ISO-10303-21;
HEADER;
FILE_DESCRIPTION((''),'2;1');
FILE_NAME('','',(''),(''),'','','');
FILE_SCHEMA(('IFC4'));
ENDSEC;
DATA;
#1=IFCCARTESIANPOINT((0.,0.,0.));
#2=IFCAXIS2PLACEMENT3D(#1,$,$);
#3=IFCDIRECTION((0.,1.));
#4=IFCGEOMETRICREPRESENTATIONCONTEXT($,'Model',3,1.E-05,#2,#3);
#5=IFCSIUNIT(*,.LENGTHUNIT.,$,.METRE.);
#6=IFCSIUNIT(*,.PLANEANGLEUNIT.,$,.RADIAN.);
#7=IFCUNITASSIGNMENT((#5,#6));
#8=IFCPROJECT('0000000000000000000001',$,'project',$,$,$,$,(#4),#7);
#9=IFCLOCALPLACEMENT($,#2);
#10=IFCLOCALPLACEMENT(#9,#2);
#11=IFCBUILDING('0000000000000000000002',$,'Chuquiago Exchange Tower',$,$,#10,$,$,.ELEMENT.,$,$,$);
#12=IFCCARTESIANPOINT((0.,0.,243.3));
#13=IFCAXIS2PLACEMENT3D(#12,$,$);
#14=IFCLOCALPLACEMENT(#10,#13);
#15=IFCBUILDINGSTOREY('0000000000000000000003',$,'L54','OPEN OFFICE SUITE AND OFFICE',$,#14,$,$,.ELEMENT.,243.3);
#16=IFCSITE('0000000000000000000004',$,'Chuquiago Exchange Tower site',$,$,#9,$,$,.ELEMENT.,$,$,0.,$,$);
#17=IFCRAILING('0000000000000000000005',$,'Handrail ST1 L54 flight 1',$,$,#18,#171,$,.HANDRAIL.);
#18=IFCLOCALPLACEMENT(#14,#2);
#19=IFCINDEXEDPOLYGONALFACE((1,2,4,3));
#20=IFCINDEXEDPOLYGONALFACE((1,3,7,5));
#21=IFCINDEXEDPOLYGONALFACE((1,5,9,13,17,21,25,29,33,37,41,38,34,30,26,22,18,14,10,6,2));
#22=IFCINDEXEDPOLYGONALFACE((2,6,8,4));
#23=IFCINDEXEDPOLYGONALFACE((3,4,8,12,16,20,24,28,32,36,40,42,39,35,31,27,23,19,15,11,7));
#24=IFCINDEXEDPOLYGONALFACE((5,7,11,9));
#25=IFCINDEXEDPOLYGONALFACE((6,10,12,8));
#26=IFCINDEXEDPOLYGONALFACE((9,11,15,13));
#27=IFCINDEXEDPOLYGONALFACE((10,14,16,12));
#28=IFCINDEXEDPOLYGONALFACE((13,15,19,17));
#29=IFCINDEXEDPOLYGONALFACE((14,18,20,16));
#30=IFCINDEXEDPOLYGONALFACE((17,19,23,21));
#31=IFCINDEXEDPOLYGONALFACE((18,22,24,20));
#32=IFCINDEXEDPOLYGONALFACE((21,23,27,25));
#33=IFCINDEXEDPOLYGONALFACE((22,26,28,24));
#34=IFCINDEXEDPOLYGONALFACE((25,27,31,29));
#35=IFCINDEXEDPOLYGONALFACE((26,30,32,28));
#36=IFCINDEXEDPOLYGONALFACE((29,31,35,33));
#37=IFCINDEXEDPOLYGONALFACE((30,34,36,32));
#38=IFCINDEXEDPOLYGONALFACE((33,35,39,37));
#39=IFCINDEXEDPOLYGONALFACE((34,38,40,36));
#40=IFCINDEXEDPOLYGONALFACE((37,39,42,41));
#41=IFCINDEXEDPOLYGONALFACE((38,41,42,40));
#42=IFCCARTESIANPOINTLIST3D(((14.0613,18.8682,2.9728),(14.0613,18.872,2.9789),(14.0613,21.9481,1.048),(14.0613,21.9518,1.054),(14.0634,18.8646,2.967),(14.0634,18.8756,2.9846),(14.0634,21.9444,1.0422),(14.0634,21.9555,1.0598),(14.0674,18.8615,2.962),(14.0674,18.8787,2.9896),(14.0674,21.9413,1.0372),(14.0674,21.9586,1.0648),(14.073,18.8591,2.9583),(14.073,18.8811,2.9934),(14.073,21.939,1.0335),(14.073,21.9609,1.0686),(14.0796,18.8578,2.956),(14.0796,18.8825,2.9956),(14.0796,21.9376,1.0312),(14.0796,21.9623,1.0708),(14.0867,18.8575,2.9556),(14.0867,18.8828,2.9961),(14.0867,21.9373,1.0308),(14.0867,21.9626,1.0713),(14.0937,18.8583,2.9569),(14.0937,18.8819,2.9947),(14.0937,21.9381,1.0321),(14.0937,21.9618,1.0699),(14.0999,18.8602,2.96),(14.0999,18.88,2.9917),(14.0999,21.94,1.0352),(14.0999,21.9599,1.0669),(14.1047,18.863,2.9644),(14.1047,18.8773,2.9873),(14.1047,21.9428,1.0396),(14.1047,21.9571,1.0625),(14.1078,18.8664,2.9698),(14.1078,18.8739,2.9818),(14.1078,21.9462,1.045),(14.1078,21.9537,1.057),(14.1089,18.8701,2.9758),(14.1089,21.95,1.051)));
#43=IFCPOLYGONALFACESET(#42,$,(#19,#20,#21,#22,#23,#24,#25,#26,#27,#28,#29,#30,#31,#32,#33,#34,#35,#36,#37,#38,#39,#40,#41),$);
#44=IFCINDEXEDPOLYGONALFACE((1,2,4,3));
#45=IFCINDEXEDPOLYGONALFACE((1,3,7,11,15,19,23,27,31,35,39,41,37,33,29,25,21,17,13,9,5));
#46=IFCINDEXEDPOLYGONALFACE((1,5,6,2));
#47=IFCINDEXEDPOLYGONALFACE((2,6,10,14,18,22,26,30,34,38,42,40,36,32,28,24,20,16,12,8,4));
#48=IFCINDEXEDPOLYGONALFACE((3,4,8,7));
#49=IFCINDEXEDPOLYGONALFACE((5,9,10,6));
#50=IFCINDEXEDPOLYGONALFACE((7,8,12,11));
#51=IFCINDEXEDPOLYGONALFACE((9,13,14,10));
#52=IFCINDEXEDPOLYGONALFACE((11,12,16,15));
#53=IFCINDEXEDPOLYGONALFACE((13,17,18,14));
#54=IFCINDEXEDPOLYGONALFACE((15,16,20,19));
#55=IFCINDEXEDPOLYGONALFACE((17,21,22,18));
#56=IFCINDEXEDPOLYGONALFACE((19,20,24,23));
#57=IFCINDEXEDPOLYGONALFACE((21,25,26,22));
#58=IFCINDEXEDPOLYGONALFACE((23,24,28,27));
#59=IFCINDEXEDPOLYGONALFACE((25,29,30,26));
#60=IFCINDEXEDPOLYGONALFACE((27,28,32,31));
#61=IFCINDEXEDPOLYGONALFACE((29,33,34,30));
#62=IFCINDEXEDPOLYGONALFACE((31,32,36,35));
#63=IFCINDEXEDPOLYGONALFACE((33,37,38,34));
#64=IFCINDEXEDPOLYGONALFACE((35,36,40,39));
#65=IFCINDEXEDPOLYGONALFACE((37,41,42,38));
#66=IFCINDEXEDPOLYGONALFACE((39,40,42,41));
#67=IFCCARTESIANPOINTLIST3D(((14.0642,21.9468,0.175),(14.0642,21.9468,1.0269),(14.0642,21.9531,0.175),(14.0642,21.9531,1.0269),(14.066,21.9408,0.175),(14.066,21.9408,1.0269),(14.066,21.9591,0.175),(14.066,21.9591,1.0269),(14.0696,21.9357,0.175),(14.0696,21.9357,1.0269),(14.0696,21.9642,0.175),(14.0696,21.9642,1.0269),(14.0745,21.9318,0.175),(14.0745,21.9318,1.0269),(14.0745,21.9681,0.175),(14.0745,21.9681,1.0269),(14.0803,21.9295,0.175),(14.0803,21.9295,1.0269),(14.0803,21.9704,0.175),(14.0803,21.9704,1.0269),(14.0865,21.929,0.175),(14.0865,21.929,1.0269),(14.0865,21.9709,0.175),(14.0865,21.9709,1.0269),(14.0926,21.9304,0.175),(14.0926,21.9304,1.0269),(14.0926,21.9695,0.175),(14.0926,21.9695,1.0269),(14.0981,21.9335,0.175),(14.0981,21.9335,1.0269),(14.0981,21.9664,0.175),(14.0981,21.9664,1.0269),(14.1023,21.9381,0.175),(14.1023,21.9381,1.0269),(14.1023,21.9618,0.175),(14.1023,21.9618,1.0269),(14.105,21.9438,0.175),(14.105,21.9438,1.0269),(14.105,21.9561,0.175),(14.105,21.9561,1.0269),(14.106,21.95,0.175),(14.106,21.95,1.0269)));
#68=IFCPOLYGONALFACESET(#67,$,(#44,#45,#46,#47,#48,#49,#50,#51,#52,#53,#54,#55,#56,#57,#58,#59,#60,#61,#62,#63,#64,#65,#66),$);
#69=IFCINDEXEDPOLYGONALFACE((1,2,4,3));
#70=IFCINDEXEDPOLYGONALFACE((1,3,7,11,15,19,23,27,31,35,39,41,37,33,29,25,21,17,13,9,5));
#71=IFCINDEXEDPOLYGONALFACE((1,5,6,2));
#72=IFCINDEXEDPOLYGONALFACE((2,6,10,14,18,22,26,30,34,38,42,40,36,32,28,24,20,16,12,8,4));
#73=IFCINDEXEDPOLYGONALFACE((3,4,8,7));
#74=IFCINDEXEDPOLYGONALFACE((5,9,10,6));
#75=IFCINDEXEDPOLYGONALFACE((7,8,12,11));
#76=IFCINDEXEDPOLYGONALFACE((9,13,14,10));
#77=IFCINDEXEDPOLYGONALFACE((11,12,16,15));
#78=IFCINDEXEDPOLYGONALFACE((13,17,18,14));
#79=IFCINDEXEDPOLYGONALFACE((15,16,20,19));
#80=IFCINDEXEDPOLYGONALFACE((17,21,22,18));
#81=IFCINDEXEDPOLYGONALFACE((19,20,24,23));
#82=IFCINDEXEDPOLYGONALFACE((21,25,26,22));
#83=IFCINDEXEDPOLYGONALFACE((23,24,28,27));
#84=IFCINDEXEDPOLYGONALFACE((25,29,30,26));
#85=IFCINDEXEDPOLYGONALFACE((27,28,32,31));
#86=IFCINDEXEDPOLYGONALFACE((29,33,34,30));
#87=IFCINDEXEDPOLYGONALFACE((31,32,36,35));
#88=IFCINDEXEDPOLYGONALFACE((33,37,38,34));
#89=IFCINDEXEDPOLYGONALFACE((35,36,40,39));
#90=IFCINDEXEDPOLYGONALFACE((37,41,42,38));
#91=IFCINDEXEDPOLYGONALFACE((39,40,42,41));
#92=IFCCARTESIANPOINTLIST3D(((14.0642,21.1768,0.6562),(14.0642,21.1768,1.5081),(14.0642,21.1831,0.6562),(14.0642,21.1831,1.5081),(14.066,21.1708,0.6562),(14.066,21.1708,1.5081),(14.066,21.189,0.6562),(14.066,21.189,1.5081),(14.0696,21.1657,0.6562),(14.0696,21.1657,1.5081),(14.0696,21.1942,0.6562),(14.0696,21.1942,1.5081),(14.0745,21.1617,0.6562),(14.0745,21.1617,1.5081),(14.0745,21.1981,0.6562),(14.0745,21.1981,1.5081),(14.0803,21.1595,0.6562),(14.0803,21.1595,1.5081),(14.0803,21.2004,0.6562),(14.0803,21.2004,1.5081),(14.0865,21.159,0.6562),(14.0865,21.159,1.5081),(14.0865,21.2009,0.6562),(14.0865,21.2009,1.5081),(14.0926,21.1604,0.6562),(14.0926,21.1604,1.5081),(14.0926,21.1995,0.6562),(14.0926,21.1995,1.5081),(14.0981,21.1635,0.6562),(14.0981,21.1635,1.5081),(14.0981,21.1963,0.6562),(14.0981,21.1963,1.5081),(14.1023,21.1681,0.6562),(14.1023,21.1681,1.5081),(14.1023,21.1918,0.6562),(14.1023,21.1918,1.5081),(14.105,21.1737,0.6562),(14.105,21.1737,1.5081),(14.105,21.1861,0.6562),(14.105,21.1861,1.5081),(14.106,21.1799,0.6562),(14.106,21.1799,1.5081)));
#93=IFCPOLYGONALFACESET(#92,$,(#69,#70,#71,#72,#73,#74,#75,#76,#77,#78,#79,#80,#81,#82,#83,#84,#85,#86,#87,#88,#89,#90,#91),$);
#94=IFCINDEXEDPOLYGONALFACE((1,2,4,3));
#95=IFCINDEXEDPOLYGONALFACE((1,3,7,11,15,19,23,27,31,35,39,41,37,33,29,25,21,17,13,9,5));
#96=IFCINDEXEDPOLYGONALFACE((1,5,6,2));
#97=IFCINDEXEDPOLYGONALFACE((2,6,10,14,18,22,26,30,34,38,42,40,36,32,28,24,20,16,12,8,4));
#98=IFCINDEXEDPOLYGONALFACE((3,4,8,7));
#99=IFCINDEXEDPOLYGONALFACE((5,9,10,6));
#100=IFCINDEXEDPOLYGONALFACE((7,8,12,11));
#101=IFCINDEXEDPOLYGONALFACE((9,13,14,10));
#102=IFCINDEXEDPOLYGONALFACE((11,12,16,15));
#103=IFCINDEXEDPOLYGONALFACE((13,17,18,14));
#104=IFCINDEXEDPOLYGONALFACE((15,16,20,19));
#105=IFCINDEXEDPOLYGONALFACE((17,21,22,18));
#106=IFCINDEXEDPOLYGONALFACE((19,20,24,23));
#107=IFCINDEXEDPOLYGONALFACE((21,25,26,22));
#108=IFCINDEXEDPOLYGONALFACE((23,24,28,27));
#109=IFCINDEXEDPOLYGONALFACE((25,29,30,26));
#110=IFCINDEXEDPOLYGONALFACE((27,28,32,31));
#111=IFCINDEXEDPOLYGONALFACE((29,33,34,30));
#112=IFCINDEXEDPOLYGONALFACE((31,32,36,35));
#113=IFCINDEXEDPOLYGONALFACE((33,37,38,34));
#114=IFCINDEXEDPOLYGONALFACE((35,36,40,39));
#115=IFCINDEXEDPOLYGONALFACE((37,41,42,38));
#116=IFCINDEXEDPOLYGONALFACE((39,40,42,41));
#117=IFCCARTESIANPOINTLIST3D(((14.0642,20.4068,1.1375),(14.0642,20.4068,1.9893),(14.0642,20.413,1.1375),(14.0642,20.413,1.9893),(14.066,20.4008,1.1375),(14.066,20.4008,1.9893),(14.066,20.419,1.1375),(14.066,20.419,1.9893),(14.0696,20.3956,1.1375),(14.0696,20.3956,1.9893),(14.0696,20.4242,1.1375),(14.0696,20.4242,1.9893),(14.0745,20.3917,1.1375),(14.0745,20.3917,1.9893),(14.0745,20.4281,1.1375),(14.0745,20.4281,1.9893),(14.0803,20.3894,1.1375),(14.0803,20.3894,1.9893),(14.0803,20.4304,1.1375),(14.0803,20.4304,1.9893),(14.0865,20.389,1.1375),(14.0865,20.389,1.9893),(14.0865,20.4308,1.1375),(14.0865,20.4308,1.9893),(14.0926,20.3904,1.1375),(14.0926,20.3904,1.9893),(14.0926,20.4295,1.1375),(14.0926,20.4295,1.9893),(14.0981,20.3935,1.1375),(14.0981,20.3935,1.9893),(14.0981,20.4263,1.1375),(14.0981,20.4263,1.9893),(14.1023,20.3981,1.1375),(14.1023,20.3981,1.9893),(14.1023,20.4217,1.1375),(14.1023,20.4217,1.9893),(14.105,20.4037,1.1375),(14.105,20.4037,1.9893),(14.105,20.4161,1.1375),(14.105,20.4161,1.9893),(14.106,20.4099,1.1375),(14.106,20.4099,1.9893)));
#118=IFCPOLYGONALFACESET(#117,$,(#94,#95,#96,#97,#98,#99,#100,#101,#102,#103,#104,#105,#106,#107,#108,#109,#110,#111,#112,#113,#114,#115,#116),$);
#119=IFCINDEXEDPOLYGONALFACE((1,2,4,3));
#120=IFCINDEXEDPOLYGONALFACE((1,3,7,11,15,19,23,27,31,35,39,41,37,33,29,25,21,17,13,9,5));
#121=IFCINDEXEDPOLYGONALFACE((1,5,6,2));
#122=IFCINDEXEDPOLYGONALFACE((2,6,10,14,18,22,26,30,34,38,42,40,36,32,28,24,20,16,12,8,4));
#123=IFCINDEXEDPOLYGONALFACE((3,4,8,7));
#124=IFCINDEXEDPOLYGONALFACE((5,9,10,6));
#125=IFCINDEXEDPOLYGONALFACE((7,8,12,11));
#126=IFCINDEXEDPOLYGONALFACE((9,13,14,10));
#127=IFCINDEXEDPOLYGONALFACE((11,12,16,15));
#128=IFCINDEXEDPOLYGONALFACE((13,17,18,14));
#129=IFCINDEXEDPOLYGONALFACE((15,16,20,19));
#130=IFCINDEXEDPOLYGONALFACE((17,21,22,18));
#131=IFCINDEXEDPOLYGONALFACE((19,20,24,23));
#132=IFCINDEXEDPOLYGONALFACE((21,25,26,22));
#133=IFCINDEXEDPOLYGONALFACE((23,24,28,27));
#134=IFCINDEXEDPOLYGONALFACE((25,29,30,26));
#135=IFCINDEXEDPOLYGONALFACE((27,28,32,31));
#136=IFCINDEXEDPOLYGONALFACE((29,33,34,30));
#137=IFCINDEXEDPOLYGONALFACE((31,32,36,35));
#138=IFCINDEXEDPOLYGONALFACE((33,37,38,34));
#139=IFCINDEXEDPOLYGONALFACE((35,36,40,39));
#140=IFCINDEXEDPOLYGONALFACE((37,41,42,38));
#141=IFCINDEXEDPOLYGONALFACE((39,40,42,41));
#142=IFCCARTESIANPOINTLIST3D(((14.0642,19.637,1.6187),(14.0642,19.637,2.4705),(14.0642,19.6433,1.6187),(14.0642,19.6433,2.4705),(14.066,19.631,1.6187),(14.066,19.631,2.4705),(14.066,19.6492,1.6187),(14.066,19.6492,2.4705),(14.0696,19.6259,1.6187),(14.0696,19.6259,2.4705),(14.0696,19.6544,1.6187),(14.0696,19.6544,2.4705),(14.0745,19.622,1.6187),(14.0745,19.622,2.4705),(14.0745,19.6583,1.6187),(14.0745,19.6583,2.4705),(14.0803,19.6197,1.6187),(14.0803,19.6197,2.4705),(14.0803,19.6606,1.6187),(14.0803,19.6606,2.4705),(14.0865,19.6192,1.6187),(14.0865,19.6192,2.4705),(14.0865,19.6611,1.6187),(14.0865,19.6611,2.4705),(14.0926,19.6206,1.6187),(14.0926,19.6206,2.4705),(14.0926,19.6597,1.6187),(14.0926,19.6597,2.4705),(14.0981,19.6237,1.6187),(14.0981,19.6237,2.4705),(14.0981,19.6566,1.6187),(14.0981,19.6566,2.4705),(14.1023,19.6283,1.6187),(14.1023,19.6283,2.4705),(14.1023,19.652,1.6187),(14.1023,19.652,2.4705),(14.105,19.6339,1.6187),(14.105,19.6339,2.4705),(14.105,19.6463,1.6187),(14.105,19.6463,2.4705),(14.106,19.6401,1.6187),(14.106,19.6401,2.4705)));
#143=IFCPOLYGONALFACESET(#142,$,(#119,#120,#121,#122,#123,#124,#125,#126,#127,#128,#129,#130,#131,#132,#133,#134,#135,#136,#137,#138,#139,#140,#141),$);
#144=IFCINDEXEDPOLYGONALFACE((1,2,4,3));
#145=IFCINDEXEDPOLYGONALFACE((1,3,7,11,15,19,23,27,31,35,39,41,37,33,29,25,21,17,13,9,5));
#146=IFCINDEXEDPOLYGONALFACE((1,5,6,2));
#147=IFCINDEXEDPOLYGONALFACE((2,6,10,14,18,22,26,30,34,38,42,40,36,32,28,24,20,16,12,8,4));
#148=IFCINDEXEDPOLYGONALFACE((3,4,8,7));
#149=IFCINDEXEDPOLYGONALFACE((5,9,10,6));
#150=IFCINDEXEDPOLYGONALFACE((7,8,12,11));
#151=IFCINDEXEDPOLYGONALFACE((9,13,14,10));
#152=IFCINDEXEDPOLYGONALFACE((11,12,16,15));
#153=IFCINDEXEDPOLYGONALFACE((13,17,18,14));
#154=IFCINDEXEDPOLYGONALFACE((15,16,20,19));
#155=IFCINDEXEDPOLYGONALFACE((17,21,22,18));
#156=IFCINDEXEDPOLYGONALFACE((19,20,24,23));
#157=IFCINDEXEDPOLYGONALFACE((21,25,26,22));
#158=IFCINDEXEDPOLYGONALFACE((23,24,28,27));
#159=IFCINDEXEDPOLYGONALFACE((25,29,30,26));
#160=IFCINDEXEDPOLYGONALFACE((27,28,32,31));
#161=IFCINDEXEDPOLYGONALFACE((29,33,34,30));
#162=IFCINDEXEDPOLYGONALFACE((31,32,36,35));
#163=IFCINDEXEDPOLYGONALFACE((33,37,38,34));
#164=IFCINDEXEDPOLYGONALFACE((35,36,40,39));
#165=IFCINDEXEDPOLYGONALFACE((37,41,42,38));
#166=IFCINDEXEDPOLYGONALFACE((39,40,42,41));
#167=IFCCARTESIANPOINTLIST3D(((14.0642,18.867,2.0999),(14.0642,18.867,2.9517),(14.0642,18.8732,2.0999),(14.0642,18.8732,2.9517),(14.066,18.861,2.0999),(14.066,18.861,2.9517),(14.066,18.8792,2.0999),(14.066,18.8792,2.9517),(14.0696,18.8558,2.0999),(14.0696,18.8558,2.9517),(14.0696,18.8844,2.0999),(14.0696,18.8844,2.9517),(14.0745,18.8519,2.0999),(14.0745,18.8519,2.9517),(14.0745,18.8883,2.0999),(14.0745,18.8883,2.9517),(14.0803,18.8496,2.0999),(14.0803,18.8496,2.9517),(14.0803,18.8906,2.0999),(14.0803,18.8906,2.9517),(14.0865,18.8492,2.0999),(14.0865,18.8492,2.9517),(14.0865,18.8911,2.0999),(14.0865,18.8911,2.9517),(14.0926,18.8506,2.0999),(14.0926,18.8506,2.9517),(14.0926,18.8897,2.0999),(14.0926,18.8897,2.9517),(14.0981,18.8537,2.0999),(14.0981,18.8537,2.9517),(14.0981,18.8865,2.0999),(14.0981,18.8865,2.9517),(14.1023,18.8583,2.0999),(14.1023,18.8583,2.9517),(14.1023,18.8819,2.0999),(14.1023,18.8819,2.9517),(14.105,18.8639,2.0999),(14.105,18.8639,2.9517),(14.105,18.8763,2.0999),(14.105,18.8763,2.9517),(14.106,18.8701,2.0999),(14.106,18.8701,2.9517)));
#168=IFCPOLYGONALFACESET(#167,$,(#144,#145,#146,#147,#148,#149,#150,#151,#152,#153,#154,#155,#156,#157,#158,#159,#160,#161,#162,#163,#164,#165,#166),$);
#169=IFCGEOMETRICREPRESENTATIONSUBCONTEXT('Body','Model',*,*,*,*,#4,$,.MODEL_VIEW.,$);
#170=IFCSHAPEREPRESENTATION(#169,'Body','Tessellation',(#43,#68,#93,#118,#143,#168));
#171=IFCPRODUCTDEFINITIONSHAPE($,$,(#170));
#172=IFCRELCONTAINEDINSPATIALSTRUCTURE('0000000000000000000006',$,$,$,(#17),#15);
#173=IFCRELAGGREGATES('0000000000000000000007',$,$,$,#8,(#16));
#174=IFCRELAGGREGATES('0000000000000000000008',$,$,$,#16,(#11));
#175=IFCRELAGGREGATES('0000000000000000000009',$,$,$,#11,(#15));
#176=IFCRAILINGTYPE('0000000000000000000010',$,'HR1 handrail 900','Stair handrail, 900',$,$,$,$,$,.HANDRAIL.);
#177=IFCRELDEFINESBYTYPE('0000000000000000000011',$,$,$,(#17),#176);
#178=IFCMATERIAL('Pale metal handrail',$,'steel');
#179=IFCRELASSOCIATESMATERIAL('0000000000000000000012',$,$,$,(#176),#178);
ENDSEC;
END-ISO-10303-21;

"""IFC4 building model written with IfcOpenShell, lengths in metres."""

from ifc_helpers import new_model, si_unit, direction, frame, origin, origin_2d, place, context, subcontext, project, spatial, circle, extrude, material, type_object, element, save


model = new_model("IFC4")

# Units and contexts
model_context = context("Model", 3, precision=1e-05, world=origin(), true_north=direction((0.0, 1.0)))
body_context = subcontext(model_context, "Body", "Model", "MODEL_VIEW")
ifc_project = project(units=[si_unit("LENGTHUNIT", "METRE"), si_unit("PLANEANGLEUNIT", "RADIAN")], contexts=[model_context])

# Site, building, storey
site_placement = place(None, origin())
site = spatial("IfcSite", under=ifc_project, at=site_placement, Name="Chuquiago Exchange Tower site", CompositionType="ELEMENT", RefElevation=0.0)
building_placement = place(site_placement, origin())
building = spatial("IfcBuilding", under=site, at=building_placement, Name="Chuquiago Exchange Tower", CompositionType="ELEMENT")
storey_placement = place(building_placement, frame((0.0, 0.0, 243.3)))
storey = spatial("IfcBuildingStorey", under=building, at=storey_placement, Name="L54", Description="OPEN OFFICE SUITE AND OFFICE", CompositionType="ELEMENT", Elevation=243.3)

# Railing
ifc_material_1 = material(Name="Pale metal handrail", Category="steel")
railing_type_1 = type_object("IfcRailingType", Name="HR1 handrail 900", Description="Stair handrail, 900", PredefinedType="HANDRAIL", material=ifc_material_1)
for number, where, name in (
    (1, (14.085, 21.95, 0.175), "Handrail ST1 L54 flight 1"),
):
    element("IfcRailing", number, at=place(storey_placement, frame(where)), inside=storey, type_object=railing_type_1, Name=name, PredefinedType="HANDRAIL", context=body_context, shape_type="SweptSolid", body=[
        extrude(circle(Radius=0.0239, at=origin_2d()), frame((0.0, 0.0, 0.876), z_axis=(0.0, -0.84801, 0.529981), x_axis=(1.0, 0.0, 0.0)), (0.0, 0.0, 1.0), 3.6318),
        extrude(circle(Radius=0.021, at=origin_2d()), origin(), (0.0, 0.0, 1.0), 0.8518),
        extrude(circle(Radius=0.021, at=origin_2d()), frame((0.0, -0.77, 0.4812)), (0.0, 0.0, 1.0), 0.8518),
        extrude(circle(Radius=0.021, at=origin_2d()), frame((0.0, -1.54, 0.9624)), (0.0, 0.0, 1.0), 0.8518),
        extrude(circle(Radius=0.021, at=origin_2d()), frame((0.0, -2.3098, 1.4436)), (0.0, 0.0, 1.0), 0.8518),
        extrude(circle(Radius=0.021, at=origin_2d()), frame((0.0, -3.0798, 1.9248)), (0.0, 0.0, 1.0), 0.8518),
    ])

save(model, "model.ifc")
